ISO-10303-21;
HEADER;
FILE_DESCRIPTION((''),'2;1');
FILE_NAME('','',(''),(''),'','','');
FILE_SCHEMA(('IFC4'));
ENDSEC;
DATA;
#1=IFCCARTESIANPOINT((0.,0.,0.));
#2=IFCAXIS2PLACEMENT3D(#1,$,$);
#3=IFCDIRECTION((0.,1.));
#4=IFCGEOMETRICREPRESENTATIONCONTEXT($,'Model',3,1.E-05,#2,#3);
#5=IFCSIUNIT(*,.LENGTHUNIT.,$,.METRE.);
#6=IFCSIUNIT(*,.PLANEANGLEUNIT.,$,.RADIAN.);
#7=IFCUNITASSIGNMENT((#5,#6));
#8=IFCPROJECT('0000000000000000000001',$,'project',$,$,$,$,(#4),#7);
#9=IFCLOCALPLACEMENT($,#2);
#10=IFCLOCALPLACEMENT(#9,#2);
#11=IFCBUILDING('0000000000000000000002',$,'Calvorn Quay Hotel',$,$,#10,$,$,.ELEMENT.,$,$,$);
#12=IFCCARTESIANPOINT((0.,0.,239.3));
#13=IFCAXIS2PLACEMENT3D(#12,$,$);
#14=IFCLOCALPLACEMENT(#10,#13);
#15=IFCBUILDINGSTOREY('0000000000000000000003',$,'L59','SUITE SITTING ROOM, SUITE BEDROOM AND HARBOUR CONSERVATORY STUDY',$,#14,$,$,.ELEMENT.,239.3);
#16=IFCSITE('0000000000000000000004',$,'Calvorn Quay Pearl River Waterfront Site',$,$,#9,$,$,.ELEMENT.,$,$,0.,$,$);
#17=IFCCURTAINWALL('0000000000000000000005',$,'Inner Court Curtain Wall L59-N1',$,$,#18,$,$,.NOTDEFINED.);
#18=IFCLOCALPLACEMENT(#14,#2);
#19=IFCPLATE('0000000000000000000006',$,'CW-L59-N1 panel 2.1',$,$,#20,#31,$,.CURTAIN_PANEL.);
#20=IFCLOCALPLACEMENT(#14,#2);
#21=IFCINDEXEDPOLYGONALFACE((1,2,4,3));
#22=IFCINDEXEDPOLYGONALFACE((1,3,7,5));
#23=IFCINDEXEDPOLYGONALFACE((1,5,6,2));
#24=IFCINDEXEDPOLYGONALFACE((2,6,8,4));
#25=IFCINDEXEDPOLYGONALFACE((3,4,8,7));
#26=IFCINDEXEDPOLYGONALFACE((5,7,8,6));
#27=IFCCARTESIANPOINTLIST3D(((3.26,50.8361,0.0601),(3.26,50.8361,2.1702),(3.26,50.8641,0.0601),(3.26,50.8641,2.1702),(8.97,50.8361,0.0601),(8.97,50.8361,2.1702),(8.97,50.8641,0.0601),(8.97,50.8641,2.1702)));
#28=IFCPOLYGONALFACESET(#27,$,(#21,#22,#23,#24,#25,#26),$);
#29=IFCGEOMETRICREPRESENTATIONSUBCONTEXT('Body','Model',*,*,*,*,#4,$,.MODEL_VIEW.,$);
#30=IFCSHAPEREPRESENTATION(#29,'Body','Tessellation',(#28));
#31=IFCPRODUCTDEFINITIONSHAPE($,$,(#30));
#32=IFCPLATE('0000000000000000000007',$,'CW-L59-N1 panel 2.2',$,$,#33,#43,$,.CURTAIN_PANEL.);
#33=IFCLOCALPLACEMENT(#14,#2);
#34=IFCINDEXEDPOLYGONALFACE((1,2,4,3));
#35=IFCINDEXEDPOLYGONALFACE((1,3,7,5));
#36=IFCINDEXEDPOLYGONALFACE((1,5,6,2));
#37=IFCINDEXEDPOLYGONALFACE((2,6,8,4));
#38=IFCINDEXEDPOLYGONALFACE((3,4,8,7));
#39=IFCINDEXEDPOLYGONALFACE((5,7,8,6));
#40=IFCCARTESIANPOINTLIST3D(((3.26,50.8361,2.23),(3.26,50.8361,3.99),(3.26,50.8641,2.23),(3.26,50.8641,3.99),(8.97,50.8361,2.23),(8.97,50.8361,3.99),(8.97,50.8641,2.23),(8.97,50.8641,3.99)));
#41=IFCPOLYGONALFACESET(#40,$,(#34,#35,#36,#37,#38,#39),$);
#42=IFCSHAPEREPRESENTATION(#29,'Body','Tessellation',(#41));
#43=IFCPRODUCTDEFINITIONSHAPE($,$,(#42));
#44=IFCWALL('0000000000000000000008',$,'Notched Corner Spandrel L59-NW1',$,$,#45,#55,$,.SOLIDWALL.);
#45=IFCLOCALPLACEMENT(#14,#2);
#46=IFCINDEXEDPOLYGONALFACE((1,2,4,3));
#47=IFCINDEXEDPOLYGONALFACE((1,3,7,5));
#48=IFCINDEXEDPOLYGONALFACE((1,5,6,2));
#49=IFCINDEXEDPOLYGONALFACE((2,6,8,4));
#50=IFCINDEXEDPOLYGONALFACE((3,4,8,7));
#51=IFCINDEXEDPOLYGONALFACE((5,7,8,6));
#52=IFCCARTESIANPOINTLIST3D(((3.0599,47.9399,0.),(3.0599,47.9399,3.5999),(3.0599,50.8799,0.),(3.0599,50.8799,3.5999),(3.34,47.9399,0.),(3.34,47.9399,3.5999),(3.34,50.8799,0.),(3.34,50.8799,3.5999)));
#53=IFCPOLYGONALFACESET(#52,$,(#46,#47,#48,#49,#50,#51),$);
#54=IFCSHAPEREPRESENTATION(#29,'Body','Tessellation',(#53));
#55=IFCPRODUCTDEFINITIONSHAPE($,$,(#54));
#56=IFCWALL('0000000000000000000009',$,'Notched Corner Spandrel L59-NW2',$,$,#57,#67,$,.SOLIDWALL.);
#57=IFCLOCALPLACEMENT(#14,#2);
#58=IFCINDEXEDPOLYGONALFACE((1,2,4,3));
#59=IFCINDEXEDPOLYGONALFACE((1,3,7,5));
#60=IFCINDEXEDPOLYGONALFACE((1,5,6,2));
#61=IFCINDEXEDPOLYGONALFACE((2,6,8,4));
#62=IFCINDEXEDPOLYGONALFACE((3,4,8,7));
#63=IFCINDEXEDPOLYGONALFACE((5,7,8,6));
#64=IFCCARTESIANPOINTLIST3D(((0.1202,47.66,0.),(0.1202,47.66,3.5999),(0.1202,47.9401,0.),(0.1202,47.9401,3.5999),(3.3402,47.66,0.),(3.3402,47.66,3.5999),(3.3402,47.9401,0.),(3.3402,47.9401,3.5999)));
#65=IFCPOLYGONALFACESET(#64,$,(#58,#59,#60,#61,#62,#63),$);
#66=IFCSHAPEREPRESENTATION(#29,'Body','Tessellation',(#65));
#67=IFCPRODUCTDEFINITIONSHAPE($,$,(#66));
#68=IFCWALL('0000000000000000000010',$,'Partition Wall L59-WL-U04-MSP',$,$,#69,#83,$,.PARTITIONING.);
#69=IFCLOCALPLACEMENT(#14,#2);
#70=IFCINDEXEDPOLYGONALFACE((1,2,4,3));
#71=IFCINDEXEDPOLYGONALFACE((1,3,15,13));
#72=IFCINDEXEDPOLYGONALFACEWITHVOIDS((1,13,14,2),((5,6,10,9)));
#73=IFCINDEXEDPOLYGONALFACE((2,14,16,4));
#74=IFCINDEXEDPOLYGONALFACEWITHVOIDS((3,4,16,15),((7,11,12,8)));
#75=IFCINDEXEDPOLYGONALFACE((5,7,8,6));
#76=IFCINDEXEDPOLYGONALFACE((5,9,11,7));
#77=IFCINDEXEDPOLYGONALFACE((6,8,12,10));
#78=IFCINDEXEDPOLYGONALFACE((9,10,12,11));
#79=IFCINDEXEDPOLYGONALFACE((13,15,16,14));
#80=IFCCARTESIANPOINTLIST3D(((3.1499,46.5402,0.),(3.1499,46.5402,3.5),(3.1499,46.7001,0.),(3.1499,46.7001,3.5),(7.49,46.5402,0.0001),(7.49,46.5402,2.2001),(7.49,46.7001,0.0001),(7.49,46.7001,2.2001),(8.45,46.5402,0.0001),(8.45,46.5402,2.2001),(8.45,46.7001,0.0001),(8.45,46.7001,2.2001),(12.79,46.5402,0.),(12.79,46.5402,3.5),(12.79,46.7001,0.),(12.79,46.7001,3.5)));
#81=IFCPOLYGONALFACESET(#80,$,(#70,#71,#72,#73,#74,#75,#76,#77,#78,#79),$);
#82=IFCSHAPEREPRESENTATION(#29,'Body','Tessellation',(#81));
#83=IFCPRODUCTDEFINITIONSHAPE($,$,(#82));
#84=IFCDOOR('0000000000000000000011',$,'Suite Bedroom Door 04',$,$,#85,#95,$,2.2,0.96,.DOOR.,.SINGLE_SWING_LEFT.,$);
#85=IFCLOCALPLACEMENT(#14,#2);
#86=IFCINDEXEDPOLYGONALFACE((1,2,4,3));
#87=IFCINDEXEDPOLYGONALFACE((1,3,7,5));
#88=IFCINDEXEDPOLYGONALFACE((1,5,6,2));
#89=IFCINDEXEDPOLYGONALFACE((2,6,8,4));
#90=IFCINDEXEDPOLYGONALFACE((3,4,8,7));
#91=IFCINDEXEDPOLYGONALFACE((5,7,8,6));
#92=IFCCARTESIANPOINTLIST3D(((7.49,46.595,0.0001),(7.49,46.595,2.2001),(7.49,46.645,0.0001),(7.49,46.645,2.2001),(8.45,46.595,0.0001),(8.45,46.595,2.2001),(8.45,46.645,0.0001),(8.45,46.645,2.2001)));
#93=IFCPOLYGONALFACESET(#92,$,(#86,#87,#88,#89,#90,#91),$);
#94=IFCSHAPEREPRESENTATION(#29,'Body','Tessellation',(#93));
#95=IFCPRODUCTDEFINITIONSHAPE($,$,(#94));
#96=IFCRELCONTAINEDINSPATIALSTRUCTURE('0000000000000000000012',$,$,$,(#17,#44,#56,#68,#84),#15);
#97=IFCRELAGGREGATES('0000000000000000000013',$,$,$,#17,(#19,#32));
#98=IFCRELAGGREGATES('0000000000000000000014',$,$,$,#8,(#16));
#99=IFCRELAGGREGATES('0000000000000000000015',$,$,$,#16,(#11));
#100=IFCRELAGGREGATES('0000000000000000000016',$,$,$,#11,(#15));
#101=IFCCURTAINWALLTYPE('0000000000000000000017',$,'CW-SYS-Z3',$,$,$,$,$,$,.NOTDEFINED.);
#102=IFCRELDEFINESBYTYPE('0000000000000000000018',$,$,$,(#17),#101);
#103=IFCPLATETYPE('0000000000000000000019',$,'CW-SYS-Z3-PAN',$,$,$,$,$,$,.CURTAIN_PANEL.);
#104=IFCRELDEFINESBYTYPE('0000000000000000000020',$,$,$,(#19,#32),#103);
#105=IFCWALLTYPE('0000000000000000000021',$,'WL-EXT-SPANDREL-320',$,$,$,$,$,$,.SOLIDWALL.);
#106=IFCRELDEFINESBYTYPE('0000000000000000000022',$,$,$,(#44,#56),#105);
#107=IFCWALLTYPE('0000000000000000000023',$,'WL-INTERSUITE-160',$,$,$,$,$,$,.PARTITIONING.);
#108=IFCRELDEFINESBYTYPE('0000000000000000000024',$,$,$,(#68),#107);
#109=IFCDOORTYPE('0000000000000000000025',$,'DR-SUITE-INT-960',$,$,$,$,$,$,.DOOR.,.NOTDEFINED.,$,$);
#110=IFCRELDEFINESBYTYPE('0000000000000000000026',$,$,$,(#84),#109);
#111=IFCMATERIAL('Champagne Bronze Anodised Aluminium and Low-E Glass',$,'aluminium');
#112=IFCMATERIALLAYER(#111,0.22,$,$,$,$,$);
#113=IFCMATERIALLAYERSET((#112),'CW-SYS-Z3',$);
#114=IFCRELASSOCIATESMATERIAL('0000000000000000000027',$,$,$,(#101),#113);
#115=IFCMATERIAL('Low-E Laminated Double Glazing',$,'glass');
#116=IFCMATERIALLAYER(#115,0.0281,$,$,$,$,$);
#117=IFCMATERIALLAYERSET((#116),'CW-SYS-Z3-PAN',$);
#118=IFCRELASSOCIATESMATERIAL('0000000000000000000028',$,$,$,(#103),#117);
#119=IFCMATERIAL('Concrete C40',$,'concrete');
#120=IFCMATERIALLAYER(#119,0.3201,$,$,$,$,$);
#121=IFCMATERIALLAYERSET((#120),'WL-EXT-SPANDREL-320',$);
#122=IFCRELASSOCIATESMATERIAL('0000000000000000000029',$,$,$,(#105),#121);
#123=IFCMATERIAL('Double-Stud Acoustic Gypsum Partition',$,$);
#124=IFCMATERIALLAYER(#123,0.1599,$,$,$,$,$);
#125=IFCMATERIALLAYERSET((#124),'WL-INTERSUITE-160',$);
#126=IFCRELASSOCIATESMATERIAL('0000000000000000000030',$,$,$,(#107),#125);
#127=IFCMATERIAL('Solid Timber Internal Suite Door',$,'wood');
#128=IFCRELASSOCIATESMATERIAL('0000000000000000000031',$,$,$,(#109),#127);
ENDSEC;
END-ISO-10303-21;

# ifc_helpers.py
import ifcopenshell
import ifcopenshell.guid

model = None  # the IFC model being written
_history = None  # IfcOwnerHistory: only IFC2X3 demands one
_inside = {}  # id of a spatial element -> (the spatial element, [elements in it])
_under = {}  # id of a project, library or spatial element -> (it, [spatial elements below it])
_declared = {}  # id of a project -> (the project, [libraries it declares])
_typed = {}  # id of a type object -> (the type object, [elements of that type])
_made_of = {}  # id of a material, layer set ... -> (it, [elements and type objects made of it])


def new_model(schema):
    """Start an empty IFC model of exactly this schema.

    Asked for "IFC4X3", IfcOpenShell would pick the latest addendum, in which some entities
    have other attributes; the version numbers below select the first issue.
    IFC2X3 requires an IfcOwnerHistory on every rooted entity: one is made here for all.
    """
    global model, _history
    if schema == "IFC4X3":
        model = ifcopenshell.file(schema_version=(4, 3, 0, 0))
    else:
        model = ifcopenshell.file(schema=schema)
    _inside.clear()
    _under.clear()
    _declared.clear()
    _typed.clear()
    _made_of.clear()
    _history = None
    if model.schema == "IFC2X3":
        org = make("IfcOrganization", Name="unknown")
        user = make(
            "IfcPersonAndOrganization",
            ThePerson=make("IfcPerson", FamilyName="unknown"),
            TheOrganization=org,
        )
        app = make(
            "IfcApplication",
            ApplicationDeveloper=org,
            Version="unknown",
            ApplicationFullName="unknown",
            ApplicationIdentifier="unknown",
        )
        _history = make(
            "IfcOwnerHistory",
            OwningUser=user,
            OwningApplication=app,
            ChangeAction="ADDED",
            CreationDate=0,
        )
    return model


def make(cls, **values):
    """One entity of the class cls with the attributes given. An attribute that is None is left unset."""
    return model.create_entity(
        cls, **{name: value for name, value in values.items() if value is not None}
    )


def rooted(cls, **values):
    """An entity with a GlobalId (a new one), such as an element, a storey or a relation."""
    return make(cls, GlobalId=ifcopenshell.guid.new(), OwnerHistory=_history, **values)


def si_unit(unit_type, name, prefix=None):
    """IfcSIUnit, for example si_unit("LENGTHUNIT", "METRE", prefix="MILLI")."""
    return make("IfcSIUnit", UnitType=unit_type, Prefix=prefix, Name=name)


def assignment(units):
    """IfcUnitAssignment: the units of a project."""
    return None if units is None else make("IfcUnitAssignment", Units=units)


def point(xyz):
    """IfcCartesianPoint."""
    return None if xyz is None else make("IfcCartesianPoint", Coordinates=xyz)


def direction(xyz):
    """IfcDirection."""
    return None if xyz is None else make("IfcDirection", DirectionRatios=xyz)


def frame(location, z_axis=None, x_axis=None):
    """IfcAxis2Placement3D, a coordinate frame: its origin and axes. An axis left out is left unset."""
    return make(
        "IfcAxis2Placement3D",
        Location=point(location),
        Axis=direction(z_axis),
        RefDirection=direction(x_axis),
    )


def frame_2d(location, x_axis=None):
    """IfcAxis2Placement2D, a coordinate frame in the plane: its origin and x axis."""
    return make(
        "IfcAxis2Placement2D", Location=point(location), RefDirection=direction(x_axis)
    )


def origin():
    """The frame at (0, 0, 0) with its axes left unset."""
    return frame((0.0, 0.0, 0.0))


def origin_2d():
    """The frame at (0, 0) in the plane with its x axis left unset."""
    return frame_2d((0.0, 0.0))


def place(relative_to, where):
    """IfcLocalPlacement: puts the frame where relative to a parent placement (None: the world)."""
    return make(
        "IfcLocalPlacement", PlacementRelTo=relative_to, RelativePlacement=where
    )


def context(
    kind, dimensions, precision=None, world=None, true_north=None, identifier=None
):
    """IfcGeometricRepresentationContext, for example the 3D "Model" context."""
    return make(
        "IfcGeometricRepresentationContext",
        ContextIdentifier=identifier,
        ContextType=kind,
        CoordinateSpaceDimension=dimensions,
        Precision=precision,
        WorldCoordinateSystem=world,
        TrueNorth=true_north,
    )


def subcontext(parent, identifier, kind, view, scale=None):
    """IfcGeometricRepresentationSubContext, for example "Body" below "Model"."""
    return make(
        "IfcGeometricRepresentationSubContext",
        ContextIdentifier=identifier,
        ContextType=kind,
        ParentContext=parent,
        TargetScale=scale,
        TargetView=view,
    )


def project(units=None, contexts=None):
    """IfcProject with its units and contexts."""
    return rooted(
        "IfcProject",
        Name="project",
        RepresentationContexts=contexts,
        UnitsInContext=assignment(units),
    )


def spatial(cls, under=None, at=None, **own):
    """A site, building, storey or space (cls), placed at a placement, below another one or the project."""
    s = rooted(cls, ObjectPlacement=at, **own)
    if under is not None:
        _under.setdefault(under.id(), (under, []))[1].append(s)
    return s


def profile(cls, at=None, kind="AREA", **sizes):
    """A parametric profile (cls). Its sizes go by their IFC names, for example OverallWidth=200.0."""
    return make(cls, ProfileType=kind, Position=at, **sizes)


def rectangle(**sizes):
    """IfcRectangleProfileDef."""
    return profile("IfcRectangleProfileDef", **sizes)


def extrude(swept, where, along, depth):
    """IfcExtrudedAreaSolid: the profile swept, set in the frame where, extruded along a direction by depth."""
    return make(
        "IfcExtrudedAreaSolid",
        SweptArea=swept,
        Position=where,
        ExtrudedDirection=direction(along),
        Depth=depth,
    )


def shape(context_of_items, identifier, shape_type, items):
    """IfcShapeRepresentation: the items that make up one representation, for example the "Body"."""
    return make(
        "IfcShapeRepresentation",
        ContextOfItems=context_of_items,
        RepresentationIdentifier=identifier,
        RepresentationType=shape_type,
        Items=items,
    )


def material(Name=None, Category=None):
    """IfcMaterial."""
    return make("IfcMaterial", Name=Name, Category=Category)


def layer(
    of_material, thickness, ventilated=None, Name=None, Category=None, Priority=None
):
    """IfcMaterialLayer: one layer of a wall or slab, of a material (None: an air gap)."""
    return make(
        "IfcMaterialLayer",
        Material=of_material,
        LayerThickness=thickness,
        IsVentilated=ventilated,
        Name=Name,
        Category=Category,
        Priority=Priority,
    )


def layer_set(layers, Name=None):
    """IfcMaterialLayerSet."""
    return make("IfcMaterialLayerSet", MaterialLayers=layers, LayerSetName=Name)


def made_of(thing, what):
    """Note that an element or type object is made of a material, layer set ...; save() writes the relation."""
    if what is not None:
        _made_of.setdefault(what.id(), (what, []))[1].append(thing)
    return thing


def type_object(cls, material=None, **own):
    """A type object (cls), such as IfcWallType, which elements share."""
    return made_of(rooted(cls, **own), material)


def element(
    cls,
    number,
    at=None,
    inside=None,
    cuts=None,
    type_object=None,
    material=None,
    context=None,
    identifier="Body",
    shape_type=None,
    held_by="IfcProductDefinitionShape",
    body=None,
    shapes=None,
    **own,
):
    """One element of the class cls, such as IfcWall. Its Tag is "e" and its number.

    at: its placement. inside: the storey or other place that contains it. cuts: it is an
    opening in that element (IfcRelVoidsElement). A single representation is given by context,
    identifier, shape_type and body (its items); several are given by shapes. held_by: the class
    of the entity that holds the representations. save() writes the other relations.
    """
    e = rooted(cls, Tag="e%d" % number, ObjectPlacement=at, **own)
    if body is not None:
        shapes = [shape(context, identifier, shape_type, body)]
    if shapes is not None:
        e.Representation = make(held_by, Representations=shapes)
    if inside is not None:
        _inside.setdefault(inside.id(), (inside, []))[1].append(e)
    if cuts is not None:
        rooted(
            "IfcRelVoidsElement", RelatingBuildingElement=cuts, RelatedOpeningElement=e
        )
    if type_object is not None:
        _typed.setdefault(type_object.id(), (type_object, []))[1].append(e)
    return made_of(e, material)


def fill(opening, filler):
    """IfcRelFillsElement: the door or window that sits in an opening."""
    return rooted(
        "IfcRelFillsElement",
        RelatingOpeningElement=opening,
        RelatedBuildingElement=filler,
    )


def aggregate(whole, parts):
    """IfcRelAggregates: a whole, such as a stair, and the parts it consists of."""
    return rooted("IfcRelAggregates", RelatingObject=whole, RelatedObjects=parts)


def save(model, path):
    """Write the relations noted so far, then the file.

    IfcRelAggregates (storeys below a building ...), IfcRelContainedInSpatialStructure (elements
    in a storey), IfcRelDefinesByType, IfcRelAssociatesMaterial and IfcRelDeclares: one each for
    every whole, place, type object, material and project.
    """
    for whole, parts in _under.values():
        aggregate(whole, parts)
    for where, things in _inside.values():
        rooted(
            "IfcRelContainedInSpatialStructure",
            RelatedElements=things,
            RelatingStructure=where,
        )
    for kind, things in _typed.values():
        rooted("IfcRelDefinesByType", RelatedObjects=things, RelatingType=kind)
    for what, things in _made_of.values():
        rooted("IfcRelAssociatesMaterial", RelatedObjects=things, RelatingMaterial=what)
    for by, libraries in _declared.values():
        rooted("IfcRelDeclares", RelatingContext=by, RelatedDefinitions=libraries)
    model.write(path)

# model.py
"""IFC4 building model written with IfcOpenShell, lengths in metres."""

from ifc_helpers import new_model, si_unit, direction, frame, frame_2d, origin, origin_2d, place, context, subcontext, project, spatial, rectangle, extrude, material, layer, layer_set, type_object, element, fill, aggregate, save


model = new_model("IFC4")

# Units and contexts
model_context = context("Model", 3, precision=1e-05, world=origin(), true_north=direction((0.0, 1.0)))
body_context = subcontext(model_context, "Body", "Model", "MODEL_VIEW")
ifc_project = project(units=[si_unit("LENGTHUNIT", "METRE"), si_unit("PLANEANGLEUNIT", "RADIAN")], contexts=[model_context])

# Site, building, storey
site_placement = place(None, origin())
site = spatial("IfcSite", under=ifc_project, at=site_placement, Name="Calvorn Quay Pearl River Waterfront Site", CompositionType="ELEMENT", RefElevation=0.0)
building_placement = place(site_placement, origin())
building = spatial("IfcBuilding", under=site, at=building_placement, Name="Calvorn Quay Hotel", CompositionType="ELEMENT")
storey_placement = place(building_placement, frame((0.0, 0.0, 239.3)))
storey = spatial("IfcBuildingStorey", under=building, at=storey_placement, Name="L59", Description="SUITE SITTING ROOM, SUITE BEDROOM AND HARBOUR CONSERVATORY STUDY", CompositionType="ELEMENT", Elevation=239.3)

# Shared definitions
ifc_material_1 = material(Name="Champagne Bronze Anodised Aluminium and Low-E Glass", Category="aluminium")
ifc_layer_1 = layer(ifc_material_1, 0.22)
ifc_layer_set_1 = layer_set([ifc_layer_1], Name="CW-SYS-Z3")
curtain_wall_type = type_object("IfcCurtainWallType", Name="CW-SYS-Z3", PredefinedType="NOTDEFINED", material=ifc_layer_set_1)

# Curtain wall
curtain_wall_1_placement = place(storey_placement, origin())
curtain_wall_1 = element("IfcCurtainWall", 1, at=curtain_wall_1_placement, inside=storey, type_object=curtain_wall_type, Name="Inner Court Curtain Wall L59-N1", PredefinedType="NOTDEFINED")

# Plates
ifc_material_2 = material(Name="Low-E Laminated Double Glazing", Category="glass")
ifc_layer_2 = layer(ifc_material_2, 0.0281)
ifc_layer_set_2 = layer_set([ifc_layer_2], Name="CW-SYS-Z3-PAN")
plate_type = type_object("IfcPlateType", Name="CW-SYS-Z3-PAN", PredefinedType="CURTAIN_PANEL", material=ifc_layer_set_2)
plate_1_placement = place(storey_placement, frame((6.115, 50.8501, 0.0601), z_axis=(0.0, 0.0, 1.0), x_axis=(-1.0, 0.0, 0.0)))
plate_1 = element("IfcPlate", 2, at=plate_1_placement, type_object=plate_type, Name="CW-L59-N1 panel 2.1", PredefinedType="CURTAIN_PANEL", context=body_context, shape_type="SweptSolid", body=[
    extrude(rectangle(XDim=5.71, YDim=0.0281, at=origin_2d()), origin(), (0.0, 0.0, 1.0), 2.1101),
])
plate_2_placement = place(storey_placement, frame((6.115, 50.8501, 2.23), z_axis=(0.0, 0.0, 1.0), x_axis=(-1.0, 0.0, 0.0)))
plate_2 = element("IfcPlate", 3, at=plate_2_placement, type_object=plate_type, Name="CW-L59-N1 panel 2.2", PredefinedType="CURTAIN_PANEL", context=body_context, shape_type="SweptSolid", body=[
    extrude(rectangle(XDim=5.71, YDim=0.0281, at=origin_2d()), origin(), (0.0, 0.0, 1.0), 1.76),
])
aggregate(curtain_wall_1, [plate_1, plate_2])

# Walls
ifc_material_3 = material(Name="Concrete C40", Category="concrete")
ifc_layer_3 = layer(ifc_material_3, 0.3201)
ifc_layer_set_3 = layer_set([ifc_layer_3], Name="WL-EXT-SPANDREL-320")
wall_type_1 = type_object("IfcWallType", Name="WL-EXT-SPANDREL-320", PredefinedType="SOLIDWALL", material=ifc_layer_set_3)
wall_1_placement = place(storey_placement, frame((3.2, 50.8799, 0.0), z_axis=(0.0, 0.0, 1.0), x_axis=(0.0, -1.0, 0.0)))
element("IfcWall", 4, at=wall_1_placement, inside=storey, type_object=wall_type_1, Name="Notched Corner Spandrel L59-NW1", PredefinedType="SOLIDWALL", context=body_context, shape_type="SweptSolid", body=[
    extrude(rectangle(XDim=2.9399, YDim=0.28, at=frame_2d((1.47, 0.0))), origin(), (0.0, 0.0, 1.0), 3.5999),
])
wall_2_placement = place(storey_placement, frame((3.3401, 47.8, 0.0), z_axis=(0.0, 0.0, 1.0), x_axis=(-1.0, 0.0, 0.0)))
element("IfcWall", 5, at=wall_2_placement, inside=storey, type_object=wall_type_1, Name="Notched Corner Spandrel L59-NW2", PredefinedType="SOLIDWALL", context=body_context, shape_type="SweptSolid", body=[
    extrude(rectangle(XDim=3.22, YDim=0.28, at=frame_2d((1.6099, 0.0))), origin(), (0.0, 0.0, 1.0), 3.5999),
])

# Wall, opening, door
ifc_material_4 = material(Name="Double-Stud Acoustic Gypsum Partition")
ifc_layer_4 = layer(ifc_material_4, 0.1599)
ifc_layer_set_4 = layer_set([ifc_layer_4], Name="WL-INTERSUITE-160")
wall_type_2 = type_object("IfcWallType", Name="WL-INTERSUITE-160", PredefinedType="PARTITIONING", material=ifc_layer_set_4)
wall_3_placement = place(storey_placement, frame((3.1499, 46.6201, 0.0), z_axis=(0.0, 0.0, 1.0), x_axis=(1.0, 0.0, 0.0)))
wall_3 = element("IfcWall", 6, at=wall_3_placement, inside=storey, type_object=wall_type_2, Name="Partition Wall L59-WL-U04-MSP", PredefinedType="PARTITIONING", context=body_context, shape_type="SweptSolid", body=[
    extrude(rectangle(XDim=9.6401, YDim=0.1599, at=frame_2d((4.8201, 0.0))), origin(), (0.0, 0.0, 1.0), 3.5),
])
opening_placement = place(wall_3_placement, frame((4.3401, 0.0, 0.0)))
opening = element("IfcOpeningElement", 7, at=opening_placement, cuts=wall_3, PredefinedType="OPENING", context=body_context, shape_type="SweptSolid", body=[
    extrude(rectangle(XDim=0.96, YDim=2.2, at=frame_2d((0.48, 1.1001))), frame((0.0, 0.0898, 0.0), z_axis=(0.0, -1.0, 0.0), x_axis=(1.0, 0.0, 0.0)), (0.0, 0.0, 1.0), 0.1799),
])
ifc_material_5 = material(Name="Solid Timber Internal Suite Door", Category="wood")
door_type = type_object("IfcDoorType", Name="DR-SUITE-INT-960", OperationType="NOTDEFINED", PredefinedType="DOOR", material=ifc_material_5)
door_placement = place(opening_placement, origin())
door = element("IfcDoor", 8, at=door_placement, inside=storey, type_object=door_type, Name="Suite Bedroom Door 04", OperationType="SINGLE_SWING_LEFT", OverallHeight=2.2, OverallWidth=0.96, PredefinedType="DOOR", context=body_context, shape_type="SweptSolid", body=[
    extrude(rectangle(XDim=0.96, YDim=2.2, at=frame_2d((0.48, 1.1001))), frame((0.0, 0.0249, 0.0), z_axis=(0.0, -1.0, 0.0), x_axis=(1.0, 0.0, 0.0)), (0.0, 0.0, 1.0), 0.05),
])
fill(opening, door)

save(model, "model.ifc")
